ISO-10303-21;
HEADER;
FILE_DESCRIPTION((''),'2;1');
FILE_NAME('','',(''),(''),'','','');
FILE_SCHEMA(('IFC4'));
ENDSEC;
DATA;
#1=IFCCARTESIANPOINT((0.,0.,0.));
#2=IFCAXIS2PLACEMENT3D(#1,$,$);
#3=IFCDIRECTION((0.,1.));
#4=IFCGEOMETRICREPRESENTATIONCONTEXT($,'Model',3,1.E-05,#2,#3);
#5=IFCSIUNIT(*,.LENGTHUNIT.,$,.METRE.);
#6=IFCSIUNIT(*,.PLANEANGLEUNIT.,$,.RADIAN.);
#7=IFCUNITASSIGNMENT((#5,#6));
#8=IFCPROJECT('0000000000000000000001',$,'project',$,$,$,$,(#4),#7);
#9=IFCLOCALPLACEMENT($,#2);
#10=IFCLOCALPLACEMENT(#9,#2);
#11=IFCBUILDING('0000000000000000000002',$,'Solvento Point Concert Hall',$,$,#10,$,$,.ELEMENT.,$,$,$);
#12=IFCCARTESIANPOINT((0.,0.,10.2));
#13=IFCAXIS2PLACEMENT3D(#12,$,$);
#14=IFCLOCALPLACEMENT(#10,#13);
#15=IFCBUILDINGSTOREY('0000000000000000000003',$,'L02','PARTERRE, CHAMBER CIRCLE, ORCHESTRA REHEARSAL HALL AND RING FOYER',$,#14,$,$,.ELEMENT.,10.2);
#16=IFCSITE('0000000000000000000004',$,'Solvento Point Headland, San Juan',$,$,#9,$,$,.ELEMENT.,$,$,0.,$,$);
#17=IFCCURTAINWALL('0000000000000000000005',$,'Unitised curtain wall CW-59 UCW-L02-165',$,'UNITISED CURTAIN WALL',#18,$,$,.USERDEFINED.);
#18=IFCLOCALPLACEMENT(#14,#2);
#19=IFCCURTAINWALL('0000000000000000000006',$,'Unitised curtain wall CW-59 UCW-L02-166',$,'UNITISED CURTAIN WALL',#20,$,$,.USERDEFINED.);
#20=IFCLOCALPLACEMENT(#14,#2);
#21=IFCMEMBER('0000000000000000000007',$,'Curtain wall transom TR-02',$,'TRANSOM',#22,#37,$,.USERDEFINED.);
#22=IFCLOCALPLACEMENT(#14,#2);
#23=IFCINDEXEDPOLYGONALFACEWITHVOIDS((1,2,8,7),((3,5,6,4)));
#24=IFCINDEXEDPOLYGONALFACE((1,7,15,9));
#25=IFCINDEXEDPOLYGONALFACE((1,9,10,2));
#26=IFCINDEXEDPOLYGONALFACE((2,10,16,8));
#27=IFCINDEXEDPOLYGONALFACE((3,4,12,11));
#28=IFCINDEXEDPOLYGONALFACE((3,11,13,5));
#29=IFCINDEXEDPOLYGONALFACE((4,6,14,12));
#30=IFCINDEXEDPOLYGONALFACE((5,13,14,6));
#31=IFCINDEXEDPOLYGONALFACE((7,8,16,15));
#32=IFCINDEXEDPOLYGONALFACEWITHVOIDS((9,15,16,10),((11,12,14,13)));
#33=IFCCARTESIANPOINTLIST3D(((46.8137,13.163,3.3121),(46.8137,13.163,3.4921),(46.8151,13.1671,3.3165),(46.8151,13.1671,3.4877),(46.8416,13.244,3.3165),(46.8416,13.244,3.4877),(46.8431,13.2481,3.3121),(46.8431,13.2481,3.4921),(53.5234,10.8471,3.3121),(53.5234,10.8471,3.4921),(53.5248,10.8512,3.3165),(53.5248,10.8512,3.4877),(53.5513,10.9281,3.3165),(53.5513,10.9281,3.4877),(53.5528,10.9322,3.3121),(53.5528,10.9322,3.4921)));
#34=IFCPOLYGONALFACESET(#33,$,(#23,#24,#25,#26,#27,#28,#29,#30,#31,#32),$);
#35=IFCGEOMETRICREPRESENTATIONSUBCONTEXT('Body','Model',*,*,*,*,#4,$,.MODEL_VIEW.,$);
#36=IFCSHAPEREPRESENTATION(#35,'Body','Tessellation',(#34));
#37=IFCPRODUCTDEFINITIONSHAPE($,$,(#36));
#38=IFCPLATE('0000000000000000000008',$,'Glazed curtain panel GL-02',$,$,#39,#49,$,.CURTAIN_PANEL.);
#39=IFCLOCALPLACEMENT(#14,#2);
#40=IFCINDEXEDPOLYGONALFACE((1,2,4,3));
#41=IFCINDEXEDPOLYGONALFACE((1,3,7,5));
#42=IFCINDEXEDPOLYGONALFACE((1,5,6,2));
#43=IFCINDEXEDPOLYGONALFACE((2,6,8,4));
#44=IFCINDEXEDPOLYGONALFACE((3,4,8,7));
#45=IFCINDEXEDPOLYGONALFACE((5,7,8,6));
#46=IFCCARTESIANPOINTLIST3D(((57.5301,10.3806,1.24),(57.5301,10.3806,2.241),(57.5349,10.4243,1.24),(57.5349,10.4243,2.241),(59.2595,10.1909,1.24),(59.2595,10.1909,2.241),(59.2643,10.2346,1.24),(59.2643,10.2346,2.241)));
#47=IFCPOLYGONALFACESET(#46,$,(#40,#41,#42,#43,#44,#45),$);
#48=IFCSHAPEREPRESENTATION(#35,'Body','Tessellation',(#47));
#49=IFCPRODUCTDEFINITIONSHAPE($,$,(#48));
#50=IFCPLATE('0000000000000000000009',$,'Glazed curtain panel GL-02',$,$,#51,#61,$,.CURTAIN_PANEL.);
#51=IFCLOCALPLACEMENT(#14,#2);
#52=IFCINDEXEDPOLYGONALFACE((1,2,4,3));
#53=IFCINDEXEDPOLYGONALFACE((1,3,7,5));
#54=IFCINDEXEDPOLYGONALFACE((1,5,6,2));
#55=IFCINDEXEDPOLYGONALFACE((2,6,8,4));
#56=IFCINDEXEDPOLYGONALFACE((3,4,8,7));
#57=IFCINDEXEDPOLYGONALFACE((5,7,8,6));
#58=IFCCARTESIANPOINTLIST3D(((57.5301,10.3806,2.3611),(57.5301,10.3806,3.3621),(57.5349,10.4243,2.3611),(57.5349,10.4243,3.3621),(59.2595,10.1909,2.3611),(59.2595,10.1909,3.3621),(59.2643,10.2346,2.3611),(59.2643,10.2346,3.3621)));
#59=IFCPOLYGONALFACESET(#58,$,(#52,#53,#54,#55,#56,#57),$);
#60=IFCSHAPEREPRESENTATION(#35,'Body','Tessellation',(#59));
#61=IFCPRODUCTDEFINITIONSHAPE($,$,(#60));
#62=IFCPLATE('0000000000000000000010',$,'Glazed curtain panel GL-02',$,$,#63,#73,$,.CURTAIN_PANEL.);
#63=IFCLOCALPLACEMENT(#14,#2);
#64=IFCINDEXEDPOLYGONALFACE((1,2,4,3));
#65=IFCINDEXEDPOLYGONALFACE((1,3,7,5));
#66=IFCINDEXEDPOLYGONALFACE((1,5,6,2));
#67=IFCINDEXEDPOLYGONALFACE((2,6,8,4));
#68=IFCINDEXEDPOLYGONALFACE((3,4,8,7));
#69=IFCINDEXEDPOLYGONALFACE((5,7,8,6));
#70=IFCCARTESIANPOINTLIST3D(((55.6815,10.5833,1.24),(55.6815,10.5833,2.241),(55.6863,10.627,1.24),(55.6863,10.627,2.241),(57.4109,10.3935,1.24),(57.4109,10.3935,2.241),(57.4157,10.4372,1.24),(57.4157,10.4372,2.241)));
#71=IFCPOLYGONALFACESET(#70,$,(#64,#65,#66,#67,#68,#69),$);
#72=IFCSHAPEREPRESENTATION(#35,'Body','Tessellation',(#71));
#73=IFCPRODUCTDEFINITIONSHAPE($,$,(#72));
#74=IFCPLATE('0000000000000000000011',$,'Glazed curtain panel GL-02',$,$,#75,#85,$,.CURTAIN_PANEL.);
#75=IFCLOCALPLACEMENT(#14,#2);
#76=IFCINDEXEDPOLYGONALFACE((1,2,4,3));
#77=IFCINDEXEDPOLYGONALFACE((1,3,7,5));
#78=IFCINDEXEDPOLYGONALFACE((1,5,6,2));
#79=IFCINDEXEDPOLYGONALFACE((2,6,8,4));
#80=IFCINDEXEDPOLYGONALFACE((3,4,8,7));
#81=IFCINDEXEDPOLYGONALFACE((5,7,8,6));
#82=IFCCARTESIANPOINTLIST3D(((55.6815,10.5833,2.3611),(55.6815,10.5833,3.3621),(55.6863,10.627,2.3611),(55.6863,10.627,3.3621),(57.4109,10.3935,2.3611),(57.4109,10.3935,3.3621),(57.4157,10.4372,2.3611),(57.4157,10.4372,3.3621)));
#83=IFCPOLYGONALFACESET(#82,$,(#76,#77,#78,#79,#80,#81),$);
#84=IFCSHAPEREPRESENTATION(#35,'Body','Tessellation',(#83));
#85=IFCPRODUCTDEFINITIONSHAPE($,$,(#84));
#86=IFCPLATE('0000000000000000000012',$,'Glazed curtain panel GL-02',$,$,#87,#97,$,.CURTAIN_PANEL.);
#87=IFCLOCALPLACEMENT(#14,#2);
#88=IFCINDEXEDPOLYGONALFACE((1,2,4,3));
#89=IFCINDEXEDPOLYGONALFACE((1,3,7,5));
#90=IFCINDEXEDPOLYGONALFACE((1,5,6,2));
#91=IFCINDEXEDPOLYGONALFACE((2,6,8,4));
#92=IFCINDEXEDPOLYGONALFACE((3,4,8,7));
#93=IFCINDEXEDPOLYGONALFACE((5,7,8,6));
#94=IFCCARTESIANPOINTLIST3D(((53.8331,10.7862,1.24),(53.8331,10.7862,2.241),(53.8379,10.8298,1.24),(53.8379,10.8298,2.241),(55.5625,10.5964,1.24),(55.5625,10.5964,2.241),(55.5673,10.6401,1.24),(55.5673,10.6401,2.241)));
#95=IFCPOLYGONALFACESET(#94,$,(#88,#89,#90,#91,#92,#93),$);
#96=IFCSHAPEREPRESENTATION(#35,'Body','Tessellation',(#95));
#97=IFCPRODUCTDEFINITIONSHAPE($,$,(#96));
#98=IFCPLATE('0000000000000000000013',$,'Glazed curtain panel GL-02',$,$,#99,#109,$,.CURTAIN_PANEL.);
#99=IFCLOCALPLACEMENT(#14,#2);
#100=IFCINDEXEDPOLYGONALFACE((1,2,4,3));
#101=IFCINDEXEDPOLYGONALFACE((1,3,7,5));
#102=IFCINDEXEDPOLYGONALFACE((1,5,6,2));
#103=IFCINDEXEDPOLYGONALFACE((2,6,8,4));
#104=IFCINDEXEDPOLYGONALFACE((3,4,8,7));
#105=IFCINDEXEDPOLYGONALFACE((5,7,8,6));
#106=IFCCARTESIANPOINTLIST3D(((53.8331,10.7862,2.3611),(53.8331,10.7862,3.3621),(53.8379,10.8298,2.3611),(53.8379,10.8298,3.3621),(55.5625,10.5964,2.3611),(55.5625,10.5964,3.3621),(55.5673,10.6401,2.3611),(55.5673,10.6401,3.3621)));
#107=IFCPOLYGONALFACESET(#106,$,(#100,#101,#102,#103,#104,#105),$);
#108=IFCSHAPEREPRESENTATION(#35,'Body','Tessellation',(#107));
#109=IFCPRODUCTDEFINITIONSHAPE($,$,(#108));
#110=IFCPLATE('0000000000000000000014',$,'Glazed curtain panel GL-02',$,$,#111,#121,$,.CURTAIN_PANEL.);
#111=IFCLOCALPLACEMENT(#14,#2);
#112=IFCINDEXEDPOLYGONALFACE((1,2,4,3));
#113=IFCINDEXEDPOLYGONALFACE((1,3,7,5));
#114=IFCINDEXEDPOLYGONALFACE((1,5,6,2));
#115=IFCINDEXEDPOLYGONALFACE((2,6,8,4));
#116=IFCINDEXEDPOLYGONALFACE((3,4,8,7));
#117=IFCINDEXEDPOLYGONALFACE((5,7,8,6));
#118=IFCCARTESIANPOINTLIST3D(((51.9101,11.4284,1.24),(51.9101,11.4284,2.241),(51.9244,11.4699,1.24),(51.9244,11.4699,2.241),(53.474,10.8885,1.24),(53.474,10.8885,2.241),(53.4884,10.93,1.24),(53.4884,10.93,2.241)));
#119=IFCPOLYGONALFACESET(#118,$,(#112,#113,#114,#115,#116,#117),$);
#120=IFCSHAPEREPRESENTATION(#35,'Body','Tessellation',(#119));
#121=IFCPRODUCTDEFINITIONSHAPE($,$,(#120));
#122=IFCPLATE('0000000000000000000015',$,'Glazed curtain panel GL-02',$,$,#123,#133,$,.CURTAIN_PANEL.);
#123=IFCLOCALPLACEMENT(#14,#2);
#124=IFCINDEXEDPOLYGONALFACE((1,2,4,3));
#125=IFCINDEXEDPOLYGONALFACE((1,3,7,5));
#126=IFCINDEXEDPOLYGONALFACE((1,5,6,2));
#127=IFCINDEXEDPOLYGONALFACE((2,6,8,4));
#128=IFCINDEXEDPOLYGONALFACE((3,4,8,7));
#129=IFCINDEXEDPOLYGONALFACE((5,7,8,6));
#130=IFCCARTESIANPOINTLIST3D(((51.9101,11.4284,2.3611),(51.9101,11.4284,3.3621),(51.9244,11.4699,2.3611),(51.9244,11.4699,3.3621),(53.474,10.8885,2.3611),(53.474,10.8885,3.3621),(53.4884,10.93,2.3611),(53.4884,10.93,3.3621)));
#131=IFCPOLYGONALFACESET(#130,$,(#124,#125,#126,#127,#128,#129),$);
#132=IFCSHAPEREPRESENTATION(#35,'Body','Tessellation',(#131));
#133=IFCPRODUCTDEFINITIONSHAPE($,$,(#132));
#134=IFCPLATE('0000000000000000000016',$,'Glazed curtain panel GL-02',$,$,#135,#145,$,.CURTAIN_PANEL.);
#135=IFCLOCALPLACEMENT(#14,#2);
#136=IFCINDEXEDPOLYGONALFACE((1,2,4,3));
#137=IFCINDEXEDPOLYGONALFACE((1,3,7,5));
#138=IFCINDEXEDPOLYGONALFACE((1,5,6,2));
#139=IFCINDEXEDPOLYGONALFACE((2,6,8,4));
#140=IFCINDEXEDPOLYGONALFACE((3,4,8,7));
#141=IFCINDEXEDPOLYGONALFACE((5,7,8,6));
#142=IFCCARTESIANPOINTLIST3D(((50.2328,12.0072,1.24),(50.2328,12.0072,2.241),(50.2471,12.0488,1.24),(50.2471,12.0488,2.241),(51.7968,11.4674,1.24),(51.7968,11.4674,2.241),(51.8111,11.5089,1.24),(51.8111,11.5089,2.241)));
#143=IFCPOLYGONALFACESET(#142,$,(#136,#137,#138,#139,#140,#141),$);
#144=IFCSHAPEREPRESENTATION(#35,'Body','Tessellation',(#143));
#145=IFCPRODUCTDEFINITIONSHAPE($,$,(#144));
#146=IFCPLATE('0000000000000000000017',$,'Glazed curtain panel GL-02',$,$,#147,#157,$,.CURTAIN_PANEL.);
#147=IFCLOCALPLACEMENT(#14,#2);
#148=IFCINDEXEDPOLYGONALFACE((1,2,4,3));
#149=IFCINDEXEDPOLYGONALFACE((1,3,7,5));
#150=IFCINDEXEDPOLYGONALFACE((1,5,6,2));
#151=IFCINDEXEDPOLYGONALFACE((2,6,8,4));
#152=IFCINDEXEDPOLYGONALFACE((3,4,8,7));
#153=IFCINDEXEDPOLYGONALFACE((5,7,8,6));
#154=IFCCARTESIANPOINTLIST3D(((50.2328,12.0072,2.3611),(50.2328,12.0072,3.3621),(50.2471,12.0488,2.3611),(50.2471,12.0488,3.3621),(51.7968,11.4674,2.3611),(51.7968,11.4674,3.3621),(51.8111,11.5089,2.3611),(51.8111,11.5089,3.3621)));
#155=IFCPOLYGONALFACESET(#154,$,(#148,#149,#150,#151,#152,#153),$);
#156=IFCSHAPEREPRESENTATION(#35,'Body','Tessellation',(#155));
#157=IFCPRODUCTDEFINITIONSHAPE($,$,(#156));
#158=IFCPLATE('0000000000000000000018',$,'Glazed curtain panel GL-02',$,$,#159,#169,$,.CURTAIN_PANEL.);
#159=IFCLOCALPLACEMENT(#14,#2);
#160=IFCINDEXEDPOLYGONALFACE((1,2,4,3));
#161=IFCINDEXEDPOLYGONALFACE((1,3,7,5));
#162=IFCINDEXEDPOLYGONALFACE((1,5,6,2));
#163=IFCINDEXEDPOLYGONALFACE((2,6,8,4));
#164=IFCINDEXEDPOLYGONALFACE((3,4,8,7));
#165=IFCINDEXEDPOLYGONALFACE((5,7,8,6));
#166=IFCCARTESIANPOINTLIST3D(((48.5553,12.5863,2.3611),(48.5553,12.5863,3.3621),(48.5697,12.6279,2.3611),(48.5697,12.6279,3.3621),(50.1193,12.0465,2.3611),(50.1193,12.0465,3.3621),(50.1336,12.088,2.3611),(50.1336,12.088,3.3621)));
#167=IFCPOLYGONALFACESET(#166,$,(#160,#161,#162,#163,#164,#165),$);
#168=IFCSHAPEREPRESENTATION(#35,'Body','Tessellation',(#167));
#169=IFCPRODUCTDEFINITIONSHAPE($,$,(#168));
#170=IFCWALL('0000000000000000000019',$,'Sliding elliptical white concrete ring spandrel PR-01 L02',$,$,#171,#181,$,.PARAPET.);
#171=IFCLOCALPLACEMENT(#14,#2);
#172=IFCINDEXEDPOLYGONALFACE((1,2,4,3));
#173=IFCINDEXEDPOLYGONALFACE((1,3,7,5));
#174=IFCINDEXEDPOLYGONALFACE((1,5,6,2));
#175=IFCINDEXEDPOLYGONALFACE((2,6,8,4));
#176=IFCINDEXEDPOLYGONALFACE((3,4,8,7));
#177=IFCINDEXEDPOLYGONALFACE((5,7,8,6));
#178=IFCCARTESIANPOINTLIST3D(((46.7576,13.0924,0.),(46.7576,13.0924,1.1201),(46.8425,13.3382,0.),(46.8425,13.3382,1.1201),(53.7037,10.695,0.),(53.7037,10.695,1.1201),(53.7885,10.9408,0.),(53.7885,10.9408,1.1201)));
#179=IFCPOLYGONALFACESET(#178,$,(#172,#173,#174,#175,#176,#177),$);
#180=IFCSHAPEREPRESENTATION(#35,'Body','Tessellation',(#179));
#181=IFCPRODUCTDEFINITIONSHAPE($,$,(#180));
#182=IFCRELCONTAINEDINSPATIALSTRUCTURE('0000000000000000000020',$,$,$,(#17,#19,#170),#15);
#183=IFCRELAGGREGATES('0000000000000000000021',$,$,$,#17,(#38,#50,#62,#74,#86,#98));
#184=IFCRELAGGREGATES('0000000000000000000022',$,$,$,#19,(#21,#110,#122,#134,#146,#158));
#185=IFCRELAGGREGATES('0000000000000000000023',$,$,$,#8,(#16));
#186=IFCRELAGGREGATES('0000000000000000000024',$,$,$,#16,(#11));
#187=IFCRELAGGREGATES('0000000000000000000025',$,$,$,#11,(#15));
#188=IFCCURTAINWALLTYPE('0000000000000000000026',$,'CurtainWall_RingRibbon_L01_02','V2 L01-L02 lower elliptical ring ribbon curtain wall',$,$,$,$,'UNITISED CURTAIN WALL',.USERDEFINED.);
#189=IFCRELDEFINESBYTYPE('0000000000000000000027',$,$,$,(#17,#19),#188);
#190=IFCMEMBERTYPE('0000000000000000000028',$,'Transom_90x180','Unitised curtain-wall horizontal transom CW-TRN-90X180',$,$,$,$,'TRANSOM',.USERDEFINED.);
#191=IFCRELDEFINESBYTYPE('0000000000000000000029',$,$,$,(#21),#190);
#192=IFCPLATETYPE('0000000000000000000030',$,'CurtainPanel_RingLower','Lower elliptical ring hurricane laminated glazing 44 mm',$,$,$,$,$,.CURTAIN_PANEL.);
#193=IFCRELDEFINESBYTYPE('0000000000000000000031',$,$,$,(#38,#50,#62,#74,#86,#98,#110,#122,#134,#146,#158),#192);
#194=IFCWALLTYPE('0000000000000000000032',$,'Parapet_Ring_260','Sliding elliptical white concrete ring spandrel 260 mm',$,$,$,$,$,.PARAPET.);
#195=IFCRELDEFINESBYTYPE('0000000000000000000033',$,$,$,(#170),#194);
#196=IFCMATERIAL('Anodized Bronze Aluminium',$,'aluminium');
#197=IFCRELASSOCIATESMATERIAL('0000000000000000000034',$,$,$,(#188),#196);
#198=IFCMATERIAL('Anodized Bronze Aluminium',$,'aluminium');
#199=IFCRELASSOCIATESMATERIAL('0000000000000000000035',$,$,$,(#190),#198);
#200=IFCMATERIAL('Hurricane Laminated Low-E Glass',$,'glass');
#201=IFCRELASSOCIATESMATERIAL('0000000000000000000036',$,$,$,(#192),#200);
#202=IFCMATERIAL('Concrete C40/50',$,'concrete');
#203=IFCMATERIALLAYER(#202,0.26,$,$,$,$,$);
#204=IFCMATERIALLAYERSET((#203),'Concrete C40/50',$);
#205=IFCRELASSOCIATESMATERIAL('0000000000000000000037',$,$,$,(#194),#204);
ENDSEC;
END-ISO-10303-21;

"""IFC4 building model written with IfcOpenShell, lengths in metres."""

from ifc_helpers import new_model, si_unit, direction, frame, frame_2d, origin, origin_2d, place, context, subcontext, project, spatial, rectangle, hollow_rectangle, extrude, material, layer, layer_set, material_profile, profile_set, type_object, element, aggregate, save


model = new_model("IFC4")

# Units and contexts
model_context = context("Model", 3, precision=1e-05, world=origin(), true_north=direction((0.0, 1.0)))
body_context = subcontext(model_context, "Body", "Model", "MODEL_VIEW")
ifc_project = project(units=[si_unit("LENGTHUNIT", "METRE"), si_unit("PLANEANGLEUNIT", "RADIAN")], contexts=[model_context])

# Site, building, storey
site_placement = place(None, origin())
site = spatial("IfcSite", under=ifc_project, at=site_placement, Name="Solvento Point Headland, San Juan", CompositionType="ELEMENT", RefElevation=0.0)
building_placement = place(site_placement, origin())
building = spatial("IfcBuilding", under=site, at=building_placement, Name="Solvento Point Concert Hall", CompositionType="ELEMENT")
storey_placement = place(building_placement, frame((0.0, 0.0, 10.2)))
storey = spatial("IfcBuildingStorey", under=building, at=storey_placement, Name="L02", Description="PARTERRE, CHAMBER CIRCLE, ORCHESTRA REHEARSAL HALL AND RING FOYER", CompositionType="ELEMENT", Elevation=10.2)

# Curtain walls
ifc_material_1 = material(Name="Anodized Bronze Aluminium", Category="aluminium")
curtain_wall_type = type_object("IfcCurtainWallType", Name="CurtainWall_RingRibbon_L01_02", Description="V2 L01-L02 lower elliptical ring ribbon curtain wall", ElementType="UNITISED CURTAIN WALL", PredefinedType="USERDEFINED", material=ifc_material_1)
curtain_wall_1_placement = place(storey_placement, origin())
curtain_wall_1 = element("IfcCurtainWall", 1, at=curtain_wall_1_placement, inside=storey, type_object=curtain_wall_type, Name="Unitised curtain wall CW-59 UCW-L02-165", ObjectType="UNITISED CURTAIN WALL", PredefinedType="USERDEFINED")
curtain_wall_2_placement = place(storey_placement, origin())
curtain_wall_2 = element("IfcCurtainWall", 2, at=curtain_wall_2_placement, inside=storey, type_object=curtain_wall_type, Name="Unitised curtain wall CW-59 UCW-L02-166", ObjectType="UNITISED CURTAIN WALL", PredefinedType="USERDEFINED")

# Member
ifc_material_2 = material(Name="Anodized Bronze Aluminium", Category="aluminium")
ifc_material_profile_1 = material_profile(ifc_material_2, hollow_rectangle(XDim=0.0901, YDim=0.1799, WallThickness=0.0044, at=origin_2d()), Name="CW-TRN-90X180")
ifc_profile_set_1 = profile_set([ifc_material_profile_1], Name="Anodized Bronze Aluminium")
member_type_1 = type_object("IfcMemberType", Name="Transom_90x180", Description="Unitised curtain-wall horizontal transom CW-TRN-90X180", ElementType="TRANSOM", PredefinedType="USERDEFINED", material=ifc_profile_set_1)
member_1_placement = place(storey_placement, frame((53.5381, 10.8896, 3.4021), z_axis=(-0.945276, 0.326271, 0.0), x_axis=(-0.326271, -0.945276, 0.0)))
member_1 = element("IfcMember", 3, at=member_1_placement, type_object=member_type_1, Name="Curtain wall transom TR-02", ObjectType="TRANSOM", PredefinedType="USERDEFINED", context=body_context, shape_type="SweptSolid", body=[
    extrude(hollow_rectangle(XDim=0.0901, YDim=0.1799, WallThickness=0.0044, at=origin_2d()), origin(), (0.0, 0.0, 1.0), 7.0981),
])

# Plates
ifc_material_3 = material(Name="Hurricane Laminated Low-E Glass", Category="glass")
plate_type = type_object("IfcPlateType", Name="CurtainPanel_RingLower", Description="Lower elliptical ring hurricane laminated glazing 44 mm", PredefinedType="CURTAIN_PANEL", material=ifc_material_3)
plate_1_placement = place(storey_placement, frame((58.3972, 10.3076, 1.24), z_axis=(0.0, 0.0, 1.0), x_axis=(-0.994035, 0.109058, 0.0)))
plate_1 = element("IfcPlate", 4, at=plate_1_placement, type_object=plate_type, Name="Glazed curtain panel GL-02", PredefinedType="CURTAIN_PANEL", context=body_context, shape_type="SweptSolid", body=[
    extrude(rectangle(XDim=1.7397, YDim=0.0439, at=origin_2d()), origin(), (0.0, 0.0, 1.0), 1.001),
])
plate_2_placement = place(storey_placement, frame((58.3972, 10.3076, 2.3611), z_axis=(0.0, 0.0, 1.0), x_axis=(-0.994035, 0.109058, 0.0)))
plate_2 = element("IfcPlate", 5, at=plate_2_placement, type_object=plate_type, Name="Glazed curtain panel GL-02", PredefinedType="CURTAIN_PANEL", context=body_context, shape_type="SweptSolid", body=[
    extrude(rectangle(XDim=1.7397, YDim=0.0439, at=origin_2d()), origin(), (0.0, 0.0, 1.0), 1.001),
])
plate_3_placement = place(storey_placement, frame((56.5486, 10.5103, 1.24), z_axis=(0.0, 0.0, 1.0), x_axis=(-0.994035, 0.109058, 0.0)))
plate_3 = element("IfcPlate", 6, at=plate_3_placement, type_object=plate_type, Name="Glazed curtain panel GL-02", PredefinedType="CURTAIN_PANEL", context=body_context, shape_type="SweptSolid", body=[
    extrude(rectangle(XDim=1.7397, YDim=0.0439, at=origin_2d()), origin(), (0.0, 0.0, 1.0), 1.001),
])
plate_4_placement = place(storey_placement, frame((56.5486, 10.5103, 2.3611), z_axis=(0.0, 0.0, 1.0), x_axis=(-0.994035, 0.109058, 0.0)))
plate_4 = element("IfcPlate", 7, at=plate_4_placement, type_object=plate_type, Name="Glazed curtain panel GL-02", PredefinedType="CURTAIN_PANEL", context=body_context, shape_type="SweptSolid", body=[
    extrude(rectangle(XDim=1.7397, YDim=0.0439, at=origin_2d()), origin(), (0.0, 0.0, 1.0), 1.001),
])
plate_5_placement = place(storey_placement, frame((54.7002, 10.7131, 1.24), z_axis=(0.0, 0.0, 1.0), x_axis=(-0.994035, 0.109058, 0.0)))
plate_5 = element("IfcPlate", 8, at=plate_5_placement, type_object=plate_type, Name="Glazed curtain panel GL-02", PredefinedType="CURTAIN_PANEL", context=body_context, shape_type="SweptSolid", body=[
    extrude(rectangle(XDim=1.7397, YDim=0.0439, at=origin_2d()), origin(), (0.0, 0.0, 1.0), 1.001),
])
plate_6_placement = place(storey_placement, frame((54.7002, 10.7131, 2.3611), z_axis=(0.0, 0.0, 1.0), x_axis=(-0.994035, 0.109058, 0.0)))
plate_6 = element("IfcPlate", 9, at=plate_6_placement, type_object=plate_type, Name="Glazed curtain panel GL-02", PredefinedType="CURTAIN_PANEL", context=body_context, shape_type="SweptSolid", body=[
    extrude(rectangle(XDim=1.7397, YDim=0.0439, at=origin_2d()), origin(), (0.0, 0.0, 1.0), 1.001),
])
aggregate(curtain_wall_1, [plate_1, plate_2, plate_3, plate_4, plate_5, plate_6])
plate_7_placement = place(storey_placement, frame((52.6992, 11.1792, 1.24), z_axis=(0.0, 0.0, 1.0), x_axis=(-0.945271, 0.326286, 0.0)))
plate_7 = element("IfcPlate", 10, at=plate_7_placement, type_object=plate_type, Name="Glazed curtain panel GL-02", PredefinedType="CURTAIN_PANEL", context=body_context, shape_type="SweptSolid", body=[
    extrude(rectangle(XDim=1.6545, YDim=0.0439, at=origin_2d()), origin(), (0.0, 0.0, 1.0), 1.001),
])
plate_8_placement = place(storey_placement, frame((52.6992, 11.1792, 2.3611), z_axis=(0.0, 0.0, 1.0), x_axis=(-0.945271, 0.326286, 0.0)))
plate_8 = element("IfcPlate", 11, at=plate_8_placement, type_object=plate_type, Name="Glazed curtain panel GL-02", PredefinedType="CURTAIN_PANEL", context=body_context, shape_type="SweptSolid", body=[
    extrude(rectangle(XDim=1.6545, YDim=0.0439, at=origin_2d()), origin(), (0.0, 0.0, 1.0), 1.001),
])
plate_9_placement = place(storey_placement, frame((51.022, 11.7581, 1.24), z_axis=(0.0, 0.0, 1.0), x_axis=(-0.945271, 0.326286, 0.0)))
plate_9 = element("IfcPlate", 12, at=plate_9_placement, type_object=plate_type, Name="Glazed curtain panel GL-02", PredefinedType="CURTAIN_PANEL", context=body_context, shape_type="SweptSolid", body=[
    extrude(rectangle(XDim=1.6545, YDim=0.0439, at=origin_2d()), origin(), (0.0, 0.0, 1.0), 1.001),
])
plate_10_placement = place(storey_placement, frame((51.022, 11.7581, 2.3611), z_axis=(0.0, 0.0, 1.0), x_axis=(-0.945271, 0.326286, 0.0)))
plate_10 = element("IfcPlate", 13, at=plate_10_placement, type_object=plate_type, Name="Glazed curtain panel GL-02", PredefinedType="CURTAIN_PANEL", context=body_context, shape_type="SweptSolid", body=[
    extrude(rectangle(XDim=1.6545, YDim=0.0439, at=origin_2d()), origin(), (0.0, 0.0, 1.0), 1.001),
])
plate_11_placement = place(storey_placement, frame((49.3445, 12.3372, 2.3611), z_axis=(0.0, 0.0, 1.0), x_axis=(-0.945271, 0.326286, 0.0)))
plate_11 = element("IfcPlate", 14, at=plate_11_placement, type_object=plate_type, Name="Glazed curtain panel GL-02", PredefinedType="CURTAIN_PANEL", context=body_context, shape_type="SweptSolid", body=[
    extrude(rectangle(XDim=1.6545, YDim=0.0439, at=origin_2d()), origin(), (0.0, 0.0, 1.0), 1.001),
])
aggregate(curtain_wall_2, [member_1, plate_7, plate_8, plate_9, plate_10, plate_11])

# Wall
ifc_material_4 = material(Name="Concrete C40/50", Category="concrete")
ifc_layer = layer(ifc_material_4, 0.26)
ifc_layer_set = layer_set([ifc_layer], Name="Concrete C40/50")
wall_type = type_object("IfcWallType", Name="Parapet_Ring_260", Description="Sliding elliptical white concrete ring spandrel 260 mm", PredefinedType="PARAPET", material=ifc_layer_set)
wall_placement = place(storey_placement, frame((53.7461, 10.8179, 0.0), z_axis=(0.0, 0.0, 1.0), x_axis=(-0.945278, 0.326267, 0.0)))
element("IfcWall", 15, at=wall_placement, inside=storey, type_object=wall_type, Name="Sliding elliptical white concrete ring spandrel PR-01 L02", PredefinedType="PARAPET", context=body_context, shape_type="SweptSolid", body=[
    extrude(rectangle(XDim=7.3481, YDim=0.26, at=frame_2d((3.6741, 0.0))), origin(), (0.0, 0.0, 1.0), 1.1201),
])

save(model, "model.ifc")
